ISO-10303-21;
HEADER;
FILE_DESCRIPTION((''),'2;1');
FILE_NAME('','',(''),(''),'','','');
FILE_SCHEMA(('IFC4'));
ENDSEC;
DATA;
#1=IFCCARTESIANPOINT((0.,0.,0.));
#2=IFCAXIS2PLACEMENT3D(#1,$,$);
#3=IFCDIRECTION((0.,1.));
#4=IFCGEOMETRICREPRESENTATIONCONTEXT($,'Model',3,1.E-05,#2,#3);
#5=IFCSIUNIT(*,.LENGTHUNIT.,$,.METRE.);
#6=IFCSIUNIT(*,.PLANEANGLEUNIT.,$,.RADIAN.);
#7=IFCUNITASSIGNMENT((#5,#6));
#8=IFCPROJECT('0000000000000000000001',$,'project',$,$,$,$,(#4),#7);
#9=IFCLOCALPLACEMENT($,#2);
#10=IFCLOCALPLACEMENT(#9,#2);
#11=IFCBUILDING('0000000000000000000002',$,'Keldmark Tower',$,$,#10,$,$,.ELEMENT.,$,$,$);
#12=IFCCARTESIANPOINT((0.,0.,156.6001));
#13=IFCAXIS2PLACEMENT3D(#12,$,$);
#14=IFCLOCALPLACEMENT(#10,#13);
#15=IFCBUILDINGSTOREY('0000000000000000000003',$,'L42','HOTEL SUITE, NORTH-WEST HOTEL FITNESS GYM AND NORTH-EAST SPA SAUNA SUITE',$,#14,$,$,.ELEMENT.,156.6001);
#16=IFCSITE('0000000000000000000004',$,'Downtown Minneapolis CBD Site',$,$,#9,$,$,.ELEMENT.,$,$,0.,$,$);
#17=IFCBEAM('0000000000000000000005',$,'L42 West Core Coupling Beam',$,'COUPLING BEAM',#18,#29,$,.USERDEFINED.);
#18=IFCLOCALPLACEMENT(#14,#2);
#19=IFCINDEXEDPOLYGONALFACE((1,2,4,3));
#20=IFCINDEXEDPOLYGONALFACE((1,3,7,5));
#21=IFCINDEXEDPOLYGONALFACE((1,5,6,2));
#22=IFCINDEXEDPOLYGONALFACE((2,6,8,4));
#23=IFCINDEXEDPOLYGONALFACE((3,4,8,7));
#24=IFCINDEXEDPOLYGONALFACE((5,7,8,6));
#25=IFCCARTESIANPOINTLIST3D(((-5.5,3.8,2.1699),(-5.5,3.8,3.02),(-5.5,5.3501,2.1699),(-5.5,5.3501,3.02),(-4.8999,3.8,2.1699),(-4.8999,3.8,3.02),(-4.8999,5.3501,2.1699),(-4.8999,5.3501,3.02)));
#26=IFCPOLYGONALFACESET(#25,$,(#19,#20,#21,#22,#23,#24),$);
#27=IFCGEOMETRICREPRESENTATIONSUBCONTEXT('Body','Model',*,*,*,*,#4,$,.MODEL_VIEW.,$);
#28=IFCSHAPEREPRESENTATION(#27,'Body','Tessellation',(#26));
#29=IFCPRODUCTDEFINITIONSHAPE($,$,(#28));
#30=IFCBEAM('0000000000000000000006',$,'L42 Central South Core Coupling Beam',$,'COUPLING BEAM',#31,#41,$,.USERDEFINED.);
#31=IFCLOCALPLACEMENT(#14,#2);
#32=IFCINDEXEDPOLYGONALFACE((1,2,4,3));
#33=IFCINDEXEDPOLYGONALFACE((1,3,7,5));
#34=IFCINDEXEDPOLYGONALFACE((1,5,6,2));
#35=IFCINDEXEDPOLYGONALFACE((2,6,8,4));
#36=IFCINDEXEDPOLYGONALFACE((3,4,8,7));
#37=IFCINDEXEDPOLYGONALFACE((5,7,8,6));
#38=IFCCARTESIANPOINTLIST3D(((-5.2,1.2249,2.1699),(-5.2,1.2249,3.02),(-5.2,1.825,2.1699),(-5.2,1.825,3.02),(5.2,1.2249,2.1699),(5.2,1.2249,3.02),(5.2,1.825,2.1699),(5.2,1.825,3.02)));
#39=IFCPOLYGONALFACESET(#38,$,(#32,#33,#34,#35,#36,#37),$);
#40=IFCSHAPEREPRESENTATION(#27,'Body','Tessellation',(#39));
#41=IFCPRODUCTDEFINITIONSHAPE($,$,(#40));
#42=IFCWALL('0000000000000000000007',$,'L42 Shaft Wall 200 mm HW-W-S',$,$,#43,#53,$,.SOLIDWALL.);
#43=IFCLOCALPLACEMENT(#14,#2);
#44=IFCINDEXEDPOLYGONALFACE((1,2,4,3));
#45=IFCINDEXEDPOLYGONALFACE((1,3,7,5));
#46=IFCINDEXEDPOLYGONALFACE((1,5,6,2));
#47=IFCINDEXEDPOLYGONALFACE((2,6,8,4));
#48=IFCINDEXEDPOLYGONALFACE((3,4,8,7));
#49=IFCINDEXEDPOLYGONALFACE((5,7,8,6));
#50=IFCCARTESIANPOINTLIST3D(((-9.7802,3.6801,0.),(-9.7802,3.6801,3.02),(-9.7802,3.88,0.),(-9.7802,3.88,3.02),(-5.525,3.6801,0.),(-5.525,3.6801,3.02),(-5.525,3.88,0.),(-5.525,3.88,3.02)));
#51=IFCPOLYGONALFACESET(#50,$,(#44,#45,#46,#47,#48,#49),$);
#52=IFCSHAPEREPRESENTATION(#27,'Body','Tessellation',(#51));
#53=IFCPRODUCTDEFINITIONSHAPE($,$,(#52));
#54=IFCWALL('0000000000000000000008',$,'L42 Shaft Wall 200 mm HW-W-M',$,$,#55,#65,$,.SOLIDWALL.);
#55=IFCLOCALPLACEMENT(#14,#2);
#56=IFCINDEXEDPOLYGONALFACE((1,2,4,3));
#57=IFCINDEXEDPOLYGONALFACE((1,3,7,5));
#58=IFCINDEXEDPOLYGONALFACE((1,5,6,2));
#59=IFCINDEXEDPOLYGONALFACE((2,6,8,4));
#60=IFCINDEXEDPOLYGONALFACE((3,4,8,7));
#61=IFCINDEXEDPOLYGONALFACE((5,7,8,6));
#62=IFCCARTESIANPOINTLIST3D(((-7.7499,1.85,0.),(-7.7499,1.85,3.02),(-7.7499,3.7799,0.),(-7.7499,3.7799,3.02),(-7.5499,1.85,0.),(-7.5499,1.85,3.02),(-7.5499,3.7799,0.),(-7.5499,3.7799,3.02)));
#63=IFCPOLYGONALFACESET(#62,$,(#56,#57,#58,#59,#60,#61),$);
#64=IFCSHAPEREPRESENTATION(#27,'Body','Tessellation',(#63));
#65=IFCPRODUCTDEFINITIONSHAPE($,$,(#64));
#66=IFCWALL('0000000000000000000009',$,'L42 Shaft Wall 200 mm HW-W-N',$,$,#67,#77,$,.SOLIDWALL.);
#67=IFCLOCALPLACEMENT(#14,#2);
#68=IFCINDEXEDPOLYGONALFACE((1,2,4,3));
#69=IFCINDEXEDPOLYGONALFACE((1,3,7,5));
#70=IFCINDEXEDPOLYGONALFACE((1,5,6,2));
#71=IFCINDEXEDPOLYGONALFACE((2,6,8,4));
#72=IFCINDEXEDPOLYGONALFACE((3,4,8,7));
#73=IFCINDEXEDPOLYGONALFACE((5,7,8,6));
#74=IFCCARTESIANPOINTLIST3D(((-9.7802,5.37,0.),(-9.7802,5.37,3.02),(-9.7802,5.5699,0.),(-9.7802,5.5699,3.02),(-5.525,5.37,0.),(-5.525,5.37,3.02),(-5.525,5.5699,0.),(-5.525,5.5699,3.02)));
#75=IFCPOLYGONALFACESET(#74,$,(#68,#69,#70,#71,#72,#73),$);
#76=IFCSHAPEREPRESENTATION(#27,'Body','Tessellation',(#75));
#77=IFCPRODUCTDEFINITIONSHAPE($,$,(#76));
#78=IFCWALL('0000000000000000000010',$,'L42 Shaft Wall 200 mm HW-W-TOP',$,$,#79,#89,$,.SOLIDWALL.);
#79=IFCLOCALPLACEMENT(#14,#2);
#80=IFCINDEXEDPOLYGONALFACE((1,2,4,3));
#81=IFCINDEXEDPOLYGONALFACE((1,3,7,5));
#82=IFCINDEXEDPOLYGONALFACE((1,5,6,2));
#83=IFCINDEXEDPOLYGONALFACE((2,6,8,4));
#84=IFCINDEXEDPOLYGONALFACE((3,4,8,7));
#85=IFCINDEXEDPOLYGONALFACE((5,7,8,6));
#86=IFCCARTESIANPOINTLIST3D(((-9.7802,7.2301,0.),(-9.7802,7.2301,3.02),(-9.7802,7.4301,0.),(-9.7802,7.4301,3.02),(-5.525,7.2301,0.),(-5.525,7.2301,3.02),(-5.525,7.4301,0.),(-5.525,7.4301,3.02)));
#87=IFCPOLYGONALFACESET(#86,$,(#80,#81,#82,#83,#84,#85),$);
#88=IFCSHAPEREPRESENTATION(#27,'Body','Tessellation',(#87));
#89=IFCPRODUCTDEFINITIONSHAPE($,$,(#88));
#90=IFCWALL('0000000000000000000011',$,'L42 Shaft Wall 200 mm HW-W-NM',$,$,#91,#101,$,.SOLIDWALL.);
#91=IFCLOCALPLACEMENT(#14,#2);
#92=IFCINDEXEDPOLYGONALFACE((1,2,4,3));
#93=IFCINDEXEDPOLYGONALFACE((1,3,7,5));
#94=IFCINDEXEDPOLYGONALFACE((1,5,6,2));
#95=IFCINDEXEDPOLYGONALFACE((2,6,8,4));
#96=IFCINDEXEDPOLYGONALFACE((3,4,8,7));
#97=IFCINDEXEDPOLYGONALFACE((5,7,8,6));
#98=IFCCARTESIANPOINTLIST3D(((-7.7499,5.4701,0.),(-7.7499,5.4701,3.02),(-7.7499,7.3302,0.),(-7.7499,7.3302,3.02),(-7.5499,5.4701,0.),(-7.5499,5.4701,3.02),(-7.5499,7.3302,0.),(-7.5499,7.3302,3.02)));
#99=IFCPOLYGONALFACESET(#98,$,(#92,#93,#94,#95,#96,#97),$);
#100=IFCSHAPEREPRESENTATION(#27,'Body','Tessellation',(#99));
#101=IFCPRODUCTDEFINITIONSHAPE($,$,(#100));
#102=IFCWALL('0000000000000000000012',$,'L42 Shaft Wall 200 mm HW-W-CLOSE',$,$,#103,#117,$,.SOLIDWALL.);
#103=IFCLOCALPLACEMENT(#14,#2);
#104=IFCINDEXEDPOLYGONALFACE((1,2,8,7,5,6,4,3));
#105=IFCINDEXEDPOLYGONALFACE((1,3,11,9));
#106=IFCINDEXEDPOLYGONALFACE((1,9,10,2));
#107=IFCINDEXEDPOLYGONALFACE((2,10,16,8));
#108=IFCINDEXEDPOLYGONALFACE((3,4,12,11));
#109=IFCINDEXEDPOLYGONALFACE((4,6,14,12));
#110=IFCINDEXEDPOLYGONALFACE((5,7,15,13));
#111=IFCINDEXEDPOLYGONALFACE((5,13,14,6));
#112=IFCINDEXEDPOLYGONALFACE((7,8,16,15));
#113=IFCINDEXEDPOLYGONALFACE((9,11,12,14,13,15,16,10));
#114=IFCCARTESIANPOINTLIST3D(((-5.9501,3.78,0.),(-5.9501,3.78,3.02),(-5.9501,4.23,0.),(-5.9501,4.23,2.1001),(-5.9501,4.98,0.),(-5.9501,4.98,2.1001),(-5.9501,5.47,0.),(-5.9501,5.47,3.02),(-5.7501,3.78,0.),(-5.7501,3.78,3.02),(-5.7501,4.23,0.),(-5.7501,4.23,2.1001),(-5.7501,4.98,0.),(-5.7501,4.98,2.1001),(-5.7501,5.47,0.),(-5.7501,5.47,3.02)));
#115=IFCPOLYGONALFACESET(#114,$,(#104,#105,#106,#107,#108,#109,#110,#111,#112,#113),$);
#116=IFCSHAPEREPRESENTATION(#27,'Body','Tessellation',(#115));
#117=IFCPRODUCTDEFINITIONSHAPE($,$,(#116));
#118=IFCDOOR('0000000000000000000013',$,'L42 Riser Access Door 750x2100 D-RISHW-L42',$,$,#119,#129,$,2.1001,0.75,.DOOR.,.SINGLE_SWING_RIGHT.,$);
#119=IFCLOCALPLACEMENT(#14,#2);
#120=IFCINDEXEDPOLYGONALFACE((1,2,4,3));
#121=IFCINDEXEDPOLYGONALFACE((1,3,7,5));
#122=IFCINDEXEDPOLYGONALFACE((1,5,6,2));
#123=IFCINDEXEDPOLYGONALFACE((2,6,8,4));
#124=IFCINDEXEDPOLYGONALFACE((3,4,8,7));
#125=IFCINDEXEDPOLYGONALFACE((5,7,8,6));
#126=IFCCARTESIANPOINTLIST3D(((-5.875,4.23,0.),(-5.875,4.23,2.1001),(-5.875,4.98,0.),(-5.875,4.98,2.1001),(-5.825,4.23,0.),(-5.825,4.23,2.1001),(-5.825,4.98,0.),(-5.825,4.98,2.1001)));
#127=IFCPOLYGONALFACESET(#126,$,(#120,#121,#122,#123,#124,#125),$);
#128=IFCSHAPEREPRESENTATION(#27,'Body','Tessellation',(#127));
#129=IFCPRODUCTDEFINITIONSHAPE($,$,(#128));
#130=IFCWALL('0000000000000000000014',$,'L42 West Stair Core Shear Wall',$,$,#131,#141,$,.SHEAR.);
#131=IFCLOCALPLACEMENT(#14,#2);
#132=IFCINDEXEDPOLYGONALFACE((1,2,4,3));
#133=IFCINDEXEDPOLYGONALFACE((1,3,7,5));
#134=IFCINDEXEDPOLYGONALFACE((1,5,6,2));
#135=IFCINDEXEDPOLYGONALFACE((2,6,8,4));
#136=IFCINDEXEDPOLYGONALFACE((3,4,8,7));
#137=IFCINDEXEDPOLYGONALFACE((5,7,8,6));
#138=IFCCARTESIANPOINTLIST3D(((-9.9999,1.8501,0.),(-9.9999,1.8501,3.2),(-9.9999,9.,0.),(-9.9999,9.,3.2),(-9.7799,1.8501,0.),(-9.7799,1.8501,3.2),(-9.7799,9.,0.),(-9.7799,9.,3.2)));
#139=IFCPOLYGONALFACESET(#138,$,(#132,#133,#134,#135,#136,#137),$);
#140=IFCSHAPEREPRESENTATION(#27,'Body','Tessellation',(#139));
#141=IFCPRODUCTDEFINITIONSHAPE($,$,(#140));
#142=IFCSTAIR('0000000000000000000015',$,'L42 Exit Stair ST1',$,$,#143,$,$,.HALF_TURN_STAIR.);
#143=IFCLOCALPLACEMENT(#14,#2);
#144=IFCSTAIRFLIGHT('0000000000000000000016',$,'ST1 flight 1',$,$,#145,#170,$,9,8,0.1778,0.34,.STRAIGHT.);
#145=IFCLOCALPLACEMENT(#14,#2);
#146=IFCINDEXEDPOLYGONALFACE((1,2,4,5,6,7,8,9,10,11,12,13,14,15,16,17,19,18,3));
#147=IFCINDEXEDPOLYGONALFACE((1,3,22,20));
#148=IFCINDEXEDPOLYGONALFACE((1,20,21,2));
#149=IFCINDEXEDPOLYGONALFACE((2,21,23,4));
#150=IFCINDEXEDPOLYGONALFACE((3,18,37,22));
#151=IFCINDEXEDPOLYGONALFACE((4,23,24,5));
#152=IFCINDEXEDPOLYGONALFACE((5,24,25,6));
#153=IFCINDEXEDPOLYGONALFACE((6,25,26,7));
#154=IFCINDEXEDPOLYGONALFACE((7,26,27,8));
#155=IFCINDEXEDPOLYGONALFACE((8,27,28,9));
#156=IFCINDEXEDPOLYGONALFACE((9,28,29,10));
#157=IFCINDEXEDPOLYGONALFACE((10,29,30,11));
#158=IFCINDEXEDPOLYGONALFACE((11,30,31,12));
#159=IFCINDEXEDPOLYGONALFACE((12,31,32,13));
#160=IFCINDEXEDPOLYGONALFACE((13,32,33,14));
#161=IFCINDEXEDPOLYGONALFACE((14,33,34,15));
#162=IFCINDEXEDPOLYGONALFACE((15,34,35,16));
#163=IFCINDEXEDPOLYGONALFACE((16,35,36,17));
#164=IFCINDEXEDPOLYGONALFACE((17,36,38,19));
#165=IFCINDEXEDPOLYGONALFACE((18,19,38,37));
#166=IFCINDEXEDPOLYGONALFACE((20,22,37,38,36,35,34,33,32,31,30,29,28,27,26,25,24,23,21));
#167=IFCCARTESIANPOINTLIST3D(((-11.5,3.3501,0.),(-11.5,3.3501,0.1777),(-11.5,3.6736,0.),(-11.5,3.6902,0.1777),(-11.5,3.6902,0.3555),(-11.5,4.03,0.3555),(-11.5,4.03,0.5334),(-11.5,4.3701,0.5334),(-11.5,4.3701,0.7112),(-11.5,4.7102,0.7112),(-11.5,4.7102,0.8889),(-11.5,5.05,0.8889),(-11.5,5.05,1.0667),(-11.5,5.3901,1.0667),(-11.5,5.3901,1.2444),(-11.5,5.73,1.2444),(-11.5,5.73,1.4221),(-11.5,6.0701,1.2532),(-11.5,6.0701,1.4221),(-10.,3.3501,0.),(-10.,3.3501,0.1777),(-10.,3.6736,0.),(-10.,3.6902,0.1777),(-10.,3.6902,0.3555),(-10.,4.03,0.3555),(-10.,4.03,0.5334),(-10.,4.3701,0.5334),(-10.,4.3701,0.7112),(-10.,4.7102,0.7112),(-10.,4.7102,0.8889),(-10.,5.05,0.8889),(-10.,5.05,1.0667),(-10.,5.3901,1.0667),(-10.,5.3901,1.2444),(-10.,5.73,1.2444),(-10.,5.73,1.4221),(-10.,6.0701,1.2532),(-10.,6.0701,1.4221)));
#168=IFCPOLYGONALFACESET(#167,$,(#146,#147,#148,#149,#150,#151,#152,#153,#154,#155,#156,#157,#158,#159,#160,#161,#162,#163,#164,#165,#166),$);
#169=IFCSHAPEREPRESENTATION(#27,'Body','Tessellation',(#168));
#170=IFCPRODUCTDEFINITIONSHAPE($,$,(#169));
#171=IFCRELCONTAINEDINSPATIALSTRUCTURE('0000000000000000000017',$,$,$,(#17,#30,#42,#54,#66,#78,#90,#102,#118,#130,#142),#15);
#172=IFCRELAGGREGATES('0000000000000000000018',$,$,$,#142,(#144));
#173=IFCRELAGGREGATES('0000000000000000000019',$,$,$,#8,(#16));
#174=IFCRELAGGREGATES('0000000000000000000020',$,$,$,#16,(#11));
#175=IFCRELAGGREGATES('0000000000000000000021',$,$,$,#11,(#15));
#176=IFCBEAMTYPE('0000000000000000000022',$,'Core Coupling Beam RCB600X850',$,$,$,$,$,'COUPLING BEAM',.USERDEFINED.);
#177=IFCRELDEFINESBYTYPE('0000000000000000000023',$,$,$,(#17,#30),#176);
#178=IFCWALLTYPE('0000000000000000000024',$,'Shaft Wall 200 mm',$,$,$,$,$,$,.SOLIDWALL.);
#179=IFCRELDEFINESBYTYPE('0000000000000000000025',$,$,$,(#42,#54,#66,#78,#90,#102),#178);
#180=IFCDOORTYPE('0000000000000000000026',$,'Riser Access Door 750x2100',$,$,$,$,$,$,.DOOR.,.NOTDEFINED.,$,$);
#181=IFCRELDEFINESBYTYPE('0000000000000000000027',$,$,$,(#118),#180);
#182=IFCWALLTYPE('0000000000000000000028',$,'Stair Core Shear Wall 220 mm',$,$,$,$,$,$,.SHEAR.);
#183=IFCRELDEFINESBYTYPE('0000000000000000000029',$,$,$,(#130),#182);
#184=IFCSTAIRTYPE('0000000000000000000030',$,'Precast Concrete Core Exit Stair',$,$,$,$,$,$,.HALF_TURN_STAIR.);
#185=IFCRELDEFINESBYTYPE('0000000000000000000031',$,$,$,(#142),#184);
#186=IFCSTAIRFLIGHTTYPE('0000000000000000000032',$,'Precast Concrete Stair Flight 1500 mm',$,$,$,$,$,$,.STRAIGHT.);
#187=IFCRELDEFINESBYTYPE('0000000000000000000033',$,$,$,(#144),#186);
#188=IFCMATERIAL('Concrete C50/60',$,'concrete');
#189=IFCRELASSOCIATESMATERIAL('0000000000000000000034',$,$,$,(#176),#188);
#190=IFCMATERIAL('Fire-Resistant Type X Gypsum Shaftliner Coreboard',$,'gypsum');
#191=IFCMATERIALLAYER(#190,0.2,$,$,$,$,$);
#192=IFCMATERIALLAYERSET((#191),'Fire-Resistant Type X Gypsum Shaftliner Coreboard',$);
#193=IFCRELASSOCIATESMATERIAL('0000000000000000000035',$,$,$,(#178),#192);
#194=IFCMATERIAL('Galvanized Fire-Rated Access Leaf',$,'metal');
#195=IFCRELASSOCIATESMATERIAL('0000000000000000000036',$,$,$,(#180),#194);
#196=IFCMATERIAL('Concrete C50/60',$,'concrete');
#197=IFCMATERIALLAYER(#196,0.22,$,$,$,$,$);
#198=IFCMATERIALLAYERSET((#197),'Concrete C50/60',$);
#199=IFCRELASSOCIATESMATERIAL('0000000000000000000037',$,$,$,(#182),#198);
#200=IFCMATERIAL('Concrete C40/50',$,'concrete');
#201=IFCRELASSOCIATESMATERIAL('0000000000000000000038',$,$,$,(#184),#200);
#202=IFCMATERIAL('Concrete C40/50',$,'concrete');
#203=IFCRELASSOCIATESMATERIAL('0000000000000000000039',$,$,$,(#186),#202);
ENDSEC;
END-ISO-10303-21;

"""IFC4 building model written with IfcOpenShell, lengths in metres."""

from ifc_helpers import new_model, si_unit, direction, frame, frame_2d, origin, origin_2d, place, context, subcontext, project, spatial, polyline, rectangle, outline, extrude, material, layer, layer_set, material_profile, profile_set, type_object, element, fill, aggregate, save


model = new_model("IFC4")

# Units and contexts
model_context = context("Model", 3, precision=1e-05, world=origin(), true_north=direction((0.0, 1.0)))
body_context = subcontext(model_context, "Body", "Model", "MODEL_VIEW")
ifc_project = project(units=[si_unit("LENGTHUNIT", "METRE"), si_unit("PLANEANGLEUNIT", "RADIAN")], contexts=[model_context])

# Site, building, storey
site_placement = place(None, origin())
site = spatial("IfcSite", under=ifc_project, at=site_placement, Name="Downtown Minneapolis CBD Site", CompositionType="ELEMENT", RefElevation=0.0)
building_placement = place(site_placement, origin())
building = spatial("IfcBuilding", under=site, at=building_placement, Name="Keldmark Tower", CompositionType="ELEMENT")
storey_placement = place(building_placement, frame((0.0, 0.0, 156.6001)))
storey = spatial("IfcBuildingStorey", under=building, at=storey_placement, Name="L42", Description="HOTEL SUITE, NORTH-WEST HOTEL FITNESS GYM AND NORTH-EAST SPA SAUNA SUITE", CompositionType="ELEMENT", Elevation=156.6001)

# Beams
ifc_material_1 = material(Name="Concrete C50/60", Category="concrete")
ifc_material_profile = material_profile(ifc_material_1, rectangle(XDim=0.6001, YDim=0.8501, at=origin_2d()), Name="RCB600X850")
ifc_profile_set = profile_set([ifc_material_profile], Name="Concrete C50/60")
beam_type = type_object("IfcBeamType", Name="Core Coupling Beam RCB600X850", ElementType="COUPLING BEAM", PredefinedType="USERDEFINED", material=ifc_profile_set)
beam_1_placement = place(storey_placement, frame((-5.2, 3.8, 2.595), z_axis=(0.0, 1.0, 0.0), x_axis=(-1.0, 0.0, 0.0)))
element("IfcBeam", 1, at=beam_1_placement, inside=storey, type_object=beam_type, Name="L42 West Core Coupling Beam", ObjectType="COUPLING BEAM", PredefinedType="USERDEFINED", context=body_context, shape_type="SweptSolid", body=[
    extrude(rectangle(XDim=0.6001, YDim=0.8501, at=origin_2d()), origin(), (0.0, 0.0, 1.0), 1.55),
])
beam_2_placement = place(storey_placement, frame((-5.2, 1.5249, 2.595), z_axis=(1.0, 0.0, 0.0), x_axis=(0.0, 1.0, 0.0)))
element("IfcBeam", 2, at=beam_2_placement, inside=storey, type_object=beam_type, Name="L42 Central South Core Coupling Beam", ObjectType="COUPLING BEAM", PredefinedType="USERDEFINED", context=body_context, shape_type="SweptSolid", body=[
    extrude(rectangle(XDim=0.6001, YDim=0.8501, at=origin_2d()), origin(), (0.0, 0.0, 1.0), 10.3999),
])

# Walls
ifc_material_2 = material(Name="Fire-Resistant Type X Gypsum Shaftliner Coreboard", Category="gypsum")
ifc_layer_1 = layer(ifc_material_2, 0.2)
ifc_layer_set_1 = layer_set([ifc_layer_1], Name="Fire-Resistant Type X Gypsum Shaftliner Coreboard")
wall_type_1 = type_object("IfcWallType", Name="Shaft Wall 200 mm", PredefinedType="SOLIDWALL", material=ifc_layer_set_1)
wall_1_placement = place(storey_placement, frame((-9.78, 3.78, 0.0), z_axis=(0.0, 0.0, 1.0), x_axis=(1.0, 0.0, 0.0)))
element("IfcWall", 3, at=wall_1_placement, inside=storey, type_object=wall_type_1, Name="L42 Shaft Wall 200 mm HW-W-S", PredefinedType="SOLIDWALL", context=body_context, shape_type="SweptSolid", body=[
    extrude(rectangle(XDim=4.2551, YDim=0.2, at=frame_2d((2.1274, 0.0))), origin(), (0.0, 0.0, 1.0), 3.02),
])
wall_2_placement = place(storey_placement, frame((-7.6499, 1.8501, 0.0), z_axis=(0.0, 0.0, 1.0), x_axis=(0.0, 1.0, 0.0)))
element("IfcWall", 4, at=wall_2_placement, inside=storey, type_object=wall_type_1, Name="L42 Shaft Wall 200 mm HW-W-M", PredefinedType="SOLIDWALL", context=body_context, shape_type="SweptSolid", body=[
    extrude(rectangle(XDim=1.9299, YDim=0.2, at=frame_2d((0.9648, 0.0))), origin(), (0.0, 0.0, 1.0), 3.02),
])
for number, where, z_axis, x_axis, name in (
    (5, (-9.78, 5.47, 0.0), (0.0, 0.0, 1.0), (1.0, 0.0, 0.0), "L42 Shaft Wall 200 mm HW-W-N"),
    (6, (-9.78, 7.3301, 0.0), (0.0, 0.0, 1.0), (1.0, 0.0, 0.0), "L42 Shaft Wall 200 mm HW-W-TOP"),
):
    element("IfcWall", number, at=place(storey_placement, frame(where, z_axis=z_axis, x_axis=x_axis)), inside=storey, type_object=wall_type_1, Name=name, PredefinedType="SOLIDWALL", context=body_context, shape_type="SweptSolid", body=[
        extrude(rectangle(XDim=4.2551, YDim=0.2, at=frame_2d((2.1274, 0.0))), origin(), (0.0, 0.0, 1.0), 3.02),
    ])
wall_3_placement = place(storey_placement, frame((-7.6499, 5.47, 0.0), z_axis=(0.0, 0.0, 1.0), x_axis=(0.0, 1.0, 0.0)))
element("IfcWall", 7, at=wall_3_placement, inside=storey, type_object=wall_type_1, Name="L42 Shaft Wall 200 mm HW-W-NM", PredefinedType="SOLIDWALL", context=body_context, shape_type="SweptSolid", body=[
    extrude(rectangle(XDim=1.8601, YDim=0.2, at=frame_2d((0.9302, 0.0))), origin(), (0.0, 0.0, 1.0), 3.02),
])

# Wall, opening, door
wall_4_placement = place(storey_placement, frame((-5.8501, 3.78, 0.0), z_axis=(0.0, 0.0, 1.0), x_axis=(0.0, 1.0, 0.0)))
wall_4 = element("IfcWall", 8, at=wall_4_placement, inside=storey, type_object=wall_type_1, Name="L42 Shaft Wall 200 mm HW-W-CLOSE", PredefinedType="SOLIDWALL", context=body_context, shape_type="SweptSolid", body=[
    extrude(rectangle(XDim=1.6899, YDim=0.2, at=frame_2d((0.845, 0.0))), origin(), (0.0, 0.0, 1.0), 3.02),
])
opening_placement = place(wall_4_placement, frame((0.45, 0.0, 0.0)))
opening = element("IfcOpeningElement", 9, at=opening_placement, cuts=wall_4, PredefinedType="OPENING", context=body_context, shape_type="SweptSolid", body=[
    extrude(rectangle(XDim=0.75, YDim=2.1001, at=frame_2d((0.375, 1.05))), frame((0.0, 0.1099, 0.0), z_axis=(0.0, -1.0, 0.0), x_axis=(1.0, 0.0, 0.0)), (0.0, 0.0, 1.0), 0.22),
])
ifc_material_3 = material(Name="Galvanized Fire-Rated Access Leaf", Category="metal")
door_type = type_object("IfcDoorType", Name="Riser Access Door 750x2100", OperationType="NOTDEFINED", PredefinedType="DOOR", material=ifc_material_3)
door_placement = place(opening_placement, origin())
door = element("IfcDoor", 10, at=door_placement, inside=storey, type_object=door_type, Name="L42 Riser Access Door 750x2100 D-RISHW-L42", OperationType="SINGLE_SWING_RIGHT", OverallHeight=2.1001, OverallWidth=0.75, PredefinedType="DOOR", context=body_context, shape_type="SweptSolid", body=[
    extrude(rectangle(XDim=0.75, YDim=2.1001, at=frame_2d((0.375, 1.05))), frame((0.0, 0.0249, 0.0), z_axis=(0.0, -1.0, 0.0), x_axis=(1.0, 0.0, 0.0)), (0.0, 0.0, 1.0), 0.05),
])
fill(opening, door)

# Wall
ifc_material_4 = material(Name="Concrete C50/60", Category="concrete")
ifc_layer_2 = layer(ifc_material_4, 0.22)
ifc_layer_set_2 = layer_set([ifc_layer_2], Name="Concrete C50/60")
wall_type_2 = type_object("IfcWallType", Name="Stair Core Shear Wall 220 mm", PredefinedType="SHEAR", material=ifc_layer_set_2)
wall_5_placement = place(storey_placement, frame((-9.8899, 1.8501, 0.0), z_axis=(0.0, 0.0, 1.0), x_axis=(0.0, 1.0, 0.0)))
element("IfcWall", 11, at=wall_5_placement, inside=storey, type_object=wall_type_2, Name="L42 West Stair Core Shear Wall", PredefinedType="SHEAR", context=body_context, shape_type="SweptSolid", body=[
    extrude(rectangle(XDim=7.1499, YDim=0.22, at=frame_2d((3.575, 0.0))), origin(), (0.0, 0.0, 1.0), 3.2),
])

# Stair, stair flight
ifc_material_5 = material(Name="Concrete C40/50", Category="concrete")
stair_type = type_object("IfcStairType", Name="Precast Concrete Core Exit Stair", PredefinedType="HALF_TURN_STAIR", material=ifc_material_5)
stair_placement = place(storey_placement, origin())
stair = element("IfcStair", 12, at=stair_placement, inside=storey, type_object=stair_type, Name="L42 Exit Stair ST1", PredefinedType="HALF_TURN_STAIR")
ifc_material_6 = material(Name="Concrete C40/50", Category="concrete")
stair_flight_type = type_object("IfcStairFlightType", Name="Precast Concrete Stair Flight 1500 mm", PredefinedType="STRAIGHT", material=ifc_material_6)
stair_flight_placement = place(storey_placement, frame((-10.75, 3.3501, 0.0), z_axis=(0.0, 0.0, 1.0), x_axis=(0.0, 1.0, 0.0)))
stair_flight = element("IfcStairFlight", 13, at=stair_flight_placement, type_object=stair_flight_type, Name="ST1 flight 1", NumberOfRisers=9, NumberOfTreads=8, PredefinedType="STRAIGHT", RiserHeight=0.1778, TreadLength=0.34, context=body_context, shape_type="SweptSolid", body=[
    extrude(outline(polyline([(0.0, 0.0), (0.0, 0.1777), (0.3401, 0.1777), (0.3401, 0.3555), (0.6799, 0.3555), (0.6799, 0.5334), (1.02, 0.5334), (1.02, 0.7112), (1.3601, 0.7112), (1.3601, 0.8889), (1.7, 0.8889), (1.7, 1.0667), (2.04, 1.0667), (2.04, 1.2444), (2.3799, 1.2444), (2.3799, 1.4221), (2.72, 1.4221), (2.72, 1.6001), (2.72, 1.2532), (0.3235, 0.0), (0.0, 0.0)])), frame((0.0, 0.75, 0.0), z_axis=(0.0, -1.0, 0.0), x_axis=(1.0, 0.0, 0.0)), (0.0, 0.0, 1.0), 1.5),
])
aggregate(stair, [stair_flight])

save(model, "model.ifc")
